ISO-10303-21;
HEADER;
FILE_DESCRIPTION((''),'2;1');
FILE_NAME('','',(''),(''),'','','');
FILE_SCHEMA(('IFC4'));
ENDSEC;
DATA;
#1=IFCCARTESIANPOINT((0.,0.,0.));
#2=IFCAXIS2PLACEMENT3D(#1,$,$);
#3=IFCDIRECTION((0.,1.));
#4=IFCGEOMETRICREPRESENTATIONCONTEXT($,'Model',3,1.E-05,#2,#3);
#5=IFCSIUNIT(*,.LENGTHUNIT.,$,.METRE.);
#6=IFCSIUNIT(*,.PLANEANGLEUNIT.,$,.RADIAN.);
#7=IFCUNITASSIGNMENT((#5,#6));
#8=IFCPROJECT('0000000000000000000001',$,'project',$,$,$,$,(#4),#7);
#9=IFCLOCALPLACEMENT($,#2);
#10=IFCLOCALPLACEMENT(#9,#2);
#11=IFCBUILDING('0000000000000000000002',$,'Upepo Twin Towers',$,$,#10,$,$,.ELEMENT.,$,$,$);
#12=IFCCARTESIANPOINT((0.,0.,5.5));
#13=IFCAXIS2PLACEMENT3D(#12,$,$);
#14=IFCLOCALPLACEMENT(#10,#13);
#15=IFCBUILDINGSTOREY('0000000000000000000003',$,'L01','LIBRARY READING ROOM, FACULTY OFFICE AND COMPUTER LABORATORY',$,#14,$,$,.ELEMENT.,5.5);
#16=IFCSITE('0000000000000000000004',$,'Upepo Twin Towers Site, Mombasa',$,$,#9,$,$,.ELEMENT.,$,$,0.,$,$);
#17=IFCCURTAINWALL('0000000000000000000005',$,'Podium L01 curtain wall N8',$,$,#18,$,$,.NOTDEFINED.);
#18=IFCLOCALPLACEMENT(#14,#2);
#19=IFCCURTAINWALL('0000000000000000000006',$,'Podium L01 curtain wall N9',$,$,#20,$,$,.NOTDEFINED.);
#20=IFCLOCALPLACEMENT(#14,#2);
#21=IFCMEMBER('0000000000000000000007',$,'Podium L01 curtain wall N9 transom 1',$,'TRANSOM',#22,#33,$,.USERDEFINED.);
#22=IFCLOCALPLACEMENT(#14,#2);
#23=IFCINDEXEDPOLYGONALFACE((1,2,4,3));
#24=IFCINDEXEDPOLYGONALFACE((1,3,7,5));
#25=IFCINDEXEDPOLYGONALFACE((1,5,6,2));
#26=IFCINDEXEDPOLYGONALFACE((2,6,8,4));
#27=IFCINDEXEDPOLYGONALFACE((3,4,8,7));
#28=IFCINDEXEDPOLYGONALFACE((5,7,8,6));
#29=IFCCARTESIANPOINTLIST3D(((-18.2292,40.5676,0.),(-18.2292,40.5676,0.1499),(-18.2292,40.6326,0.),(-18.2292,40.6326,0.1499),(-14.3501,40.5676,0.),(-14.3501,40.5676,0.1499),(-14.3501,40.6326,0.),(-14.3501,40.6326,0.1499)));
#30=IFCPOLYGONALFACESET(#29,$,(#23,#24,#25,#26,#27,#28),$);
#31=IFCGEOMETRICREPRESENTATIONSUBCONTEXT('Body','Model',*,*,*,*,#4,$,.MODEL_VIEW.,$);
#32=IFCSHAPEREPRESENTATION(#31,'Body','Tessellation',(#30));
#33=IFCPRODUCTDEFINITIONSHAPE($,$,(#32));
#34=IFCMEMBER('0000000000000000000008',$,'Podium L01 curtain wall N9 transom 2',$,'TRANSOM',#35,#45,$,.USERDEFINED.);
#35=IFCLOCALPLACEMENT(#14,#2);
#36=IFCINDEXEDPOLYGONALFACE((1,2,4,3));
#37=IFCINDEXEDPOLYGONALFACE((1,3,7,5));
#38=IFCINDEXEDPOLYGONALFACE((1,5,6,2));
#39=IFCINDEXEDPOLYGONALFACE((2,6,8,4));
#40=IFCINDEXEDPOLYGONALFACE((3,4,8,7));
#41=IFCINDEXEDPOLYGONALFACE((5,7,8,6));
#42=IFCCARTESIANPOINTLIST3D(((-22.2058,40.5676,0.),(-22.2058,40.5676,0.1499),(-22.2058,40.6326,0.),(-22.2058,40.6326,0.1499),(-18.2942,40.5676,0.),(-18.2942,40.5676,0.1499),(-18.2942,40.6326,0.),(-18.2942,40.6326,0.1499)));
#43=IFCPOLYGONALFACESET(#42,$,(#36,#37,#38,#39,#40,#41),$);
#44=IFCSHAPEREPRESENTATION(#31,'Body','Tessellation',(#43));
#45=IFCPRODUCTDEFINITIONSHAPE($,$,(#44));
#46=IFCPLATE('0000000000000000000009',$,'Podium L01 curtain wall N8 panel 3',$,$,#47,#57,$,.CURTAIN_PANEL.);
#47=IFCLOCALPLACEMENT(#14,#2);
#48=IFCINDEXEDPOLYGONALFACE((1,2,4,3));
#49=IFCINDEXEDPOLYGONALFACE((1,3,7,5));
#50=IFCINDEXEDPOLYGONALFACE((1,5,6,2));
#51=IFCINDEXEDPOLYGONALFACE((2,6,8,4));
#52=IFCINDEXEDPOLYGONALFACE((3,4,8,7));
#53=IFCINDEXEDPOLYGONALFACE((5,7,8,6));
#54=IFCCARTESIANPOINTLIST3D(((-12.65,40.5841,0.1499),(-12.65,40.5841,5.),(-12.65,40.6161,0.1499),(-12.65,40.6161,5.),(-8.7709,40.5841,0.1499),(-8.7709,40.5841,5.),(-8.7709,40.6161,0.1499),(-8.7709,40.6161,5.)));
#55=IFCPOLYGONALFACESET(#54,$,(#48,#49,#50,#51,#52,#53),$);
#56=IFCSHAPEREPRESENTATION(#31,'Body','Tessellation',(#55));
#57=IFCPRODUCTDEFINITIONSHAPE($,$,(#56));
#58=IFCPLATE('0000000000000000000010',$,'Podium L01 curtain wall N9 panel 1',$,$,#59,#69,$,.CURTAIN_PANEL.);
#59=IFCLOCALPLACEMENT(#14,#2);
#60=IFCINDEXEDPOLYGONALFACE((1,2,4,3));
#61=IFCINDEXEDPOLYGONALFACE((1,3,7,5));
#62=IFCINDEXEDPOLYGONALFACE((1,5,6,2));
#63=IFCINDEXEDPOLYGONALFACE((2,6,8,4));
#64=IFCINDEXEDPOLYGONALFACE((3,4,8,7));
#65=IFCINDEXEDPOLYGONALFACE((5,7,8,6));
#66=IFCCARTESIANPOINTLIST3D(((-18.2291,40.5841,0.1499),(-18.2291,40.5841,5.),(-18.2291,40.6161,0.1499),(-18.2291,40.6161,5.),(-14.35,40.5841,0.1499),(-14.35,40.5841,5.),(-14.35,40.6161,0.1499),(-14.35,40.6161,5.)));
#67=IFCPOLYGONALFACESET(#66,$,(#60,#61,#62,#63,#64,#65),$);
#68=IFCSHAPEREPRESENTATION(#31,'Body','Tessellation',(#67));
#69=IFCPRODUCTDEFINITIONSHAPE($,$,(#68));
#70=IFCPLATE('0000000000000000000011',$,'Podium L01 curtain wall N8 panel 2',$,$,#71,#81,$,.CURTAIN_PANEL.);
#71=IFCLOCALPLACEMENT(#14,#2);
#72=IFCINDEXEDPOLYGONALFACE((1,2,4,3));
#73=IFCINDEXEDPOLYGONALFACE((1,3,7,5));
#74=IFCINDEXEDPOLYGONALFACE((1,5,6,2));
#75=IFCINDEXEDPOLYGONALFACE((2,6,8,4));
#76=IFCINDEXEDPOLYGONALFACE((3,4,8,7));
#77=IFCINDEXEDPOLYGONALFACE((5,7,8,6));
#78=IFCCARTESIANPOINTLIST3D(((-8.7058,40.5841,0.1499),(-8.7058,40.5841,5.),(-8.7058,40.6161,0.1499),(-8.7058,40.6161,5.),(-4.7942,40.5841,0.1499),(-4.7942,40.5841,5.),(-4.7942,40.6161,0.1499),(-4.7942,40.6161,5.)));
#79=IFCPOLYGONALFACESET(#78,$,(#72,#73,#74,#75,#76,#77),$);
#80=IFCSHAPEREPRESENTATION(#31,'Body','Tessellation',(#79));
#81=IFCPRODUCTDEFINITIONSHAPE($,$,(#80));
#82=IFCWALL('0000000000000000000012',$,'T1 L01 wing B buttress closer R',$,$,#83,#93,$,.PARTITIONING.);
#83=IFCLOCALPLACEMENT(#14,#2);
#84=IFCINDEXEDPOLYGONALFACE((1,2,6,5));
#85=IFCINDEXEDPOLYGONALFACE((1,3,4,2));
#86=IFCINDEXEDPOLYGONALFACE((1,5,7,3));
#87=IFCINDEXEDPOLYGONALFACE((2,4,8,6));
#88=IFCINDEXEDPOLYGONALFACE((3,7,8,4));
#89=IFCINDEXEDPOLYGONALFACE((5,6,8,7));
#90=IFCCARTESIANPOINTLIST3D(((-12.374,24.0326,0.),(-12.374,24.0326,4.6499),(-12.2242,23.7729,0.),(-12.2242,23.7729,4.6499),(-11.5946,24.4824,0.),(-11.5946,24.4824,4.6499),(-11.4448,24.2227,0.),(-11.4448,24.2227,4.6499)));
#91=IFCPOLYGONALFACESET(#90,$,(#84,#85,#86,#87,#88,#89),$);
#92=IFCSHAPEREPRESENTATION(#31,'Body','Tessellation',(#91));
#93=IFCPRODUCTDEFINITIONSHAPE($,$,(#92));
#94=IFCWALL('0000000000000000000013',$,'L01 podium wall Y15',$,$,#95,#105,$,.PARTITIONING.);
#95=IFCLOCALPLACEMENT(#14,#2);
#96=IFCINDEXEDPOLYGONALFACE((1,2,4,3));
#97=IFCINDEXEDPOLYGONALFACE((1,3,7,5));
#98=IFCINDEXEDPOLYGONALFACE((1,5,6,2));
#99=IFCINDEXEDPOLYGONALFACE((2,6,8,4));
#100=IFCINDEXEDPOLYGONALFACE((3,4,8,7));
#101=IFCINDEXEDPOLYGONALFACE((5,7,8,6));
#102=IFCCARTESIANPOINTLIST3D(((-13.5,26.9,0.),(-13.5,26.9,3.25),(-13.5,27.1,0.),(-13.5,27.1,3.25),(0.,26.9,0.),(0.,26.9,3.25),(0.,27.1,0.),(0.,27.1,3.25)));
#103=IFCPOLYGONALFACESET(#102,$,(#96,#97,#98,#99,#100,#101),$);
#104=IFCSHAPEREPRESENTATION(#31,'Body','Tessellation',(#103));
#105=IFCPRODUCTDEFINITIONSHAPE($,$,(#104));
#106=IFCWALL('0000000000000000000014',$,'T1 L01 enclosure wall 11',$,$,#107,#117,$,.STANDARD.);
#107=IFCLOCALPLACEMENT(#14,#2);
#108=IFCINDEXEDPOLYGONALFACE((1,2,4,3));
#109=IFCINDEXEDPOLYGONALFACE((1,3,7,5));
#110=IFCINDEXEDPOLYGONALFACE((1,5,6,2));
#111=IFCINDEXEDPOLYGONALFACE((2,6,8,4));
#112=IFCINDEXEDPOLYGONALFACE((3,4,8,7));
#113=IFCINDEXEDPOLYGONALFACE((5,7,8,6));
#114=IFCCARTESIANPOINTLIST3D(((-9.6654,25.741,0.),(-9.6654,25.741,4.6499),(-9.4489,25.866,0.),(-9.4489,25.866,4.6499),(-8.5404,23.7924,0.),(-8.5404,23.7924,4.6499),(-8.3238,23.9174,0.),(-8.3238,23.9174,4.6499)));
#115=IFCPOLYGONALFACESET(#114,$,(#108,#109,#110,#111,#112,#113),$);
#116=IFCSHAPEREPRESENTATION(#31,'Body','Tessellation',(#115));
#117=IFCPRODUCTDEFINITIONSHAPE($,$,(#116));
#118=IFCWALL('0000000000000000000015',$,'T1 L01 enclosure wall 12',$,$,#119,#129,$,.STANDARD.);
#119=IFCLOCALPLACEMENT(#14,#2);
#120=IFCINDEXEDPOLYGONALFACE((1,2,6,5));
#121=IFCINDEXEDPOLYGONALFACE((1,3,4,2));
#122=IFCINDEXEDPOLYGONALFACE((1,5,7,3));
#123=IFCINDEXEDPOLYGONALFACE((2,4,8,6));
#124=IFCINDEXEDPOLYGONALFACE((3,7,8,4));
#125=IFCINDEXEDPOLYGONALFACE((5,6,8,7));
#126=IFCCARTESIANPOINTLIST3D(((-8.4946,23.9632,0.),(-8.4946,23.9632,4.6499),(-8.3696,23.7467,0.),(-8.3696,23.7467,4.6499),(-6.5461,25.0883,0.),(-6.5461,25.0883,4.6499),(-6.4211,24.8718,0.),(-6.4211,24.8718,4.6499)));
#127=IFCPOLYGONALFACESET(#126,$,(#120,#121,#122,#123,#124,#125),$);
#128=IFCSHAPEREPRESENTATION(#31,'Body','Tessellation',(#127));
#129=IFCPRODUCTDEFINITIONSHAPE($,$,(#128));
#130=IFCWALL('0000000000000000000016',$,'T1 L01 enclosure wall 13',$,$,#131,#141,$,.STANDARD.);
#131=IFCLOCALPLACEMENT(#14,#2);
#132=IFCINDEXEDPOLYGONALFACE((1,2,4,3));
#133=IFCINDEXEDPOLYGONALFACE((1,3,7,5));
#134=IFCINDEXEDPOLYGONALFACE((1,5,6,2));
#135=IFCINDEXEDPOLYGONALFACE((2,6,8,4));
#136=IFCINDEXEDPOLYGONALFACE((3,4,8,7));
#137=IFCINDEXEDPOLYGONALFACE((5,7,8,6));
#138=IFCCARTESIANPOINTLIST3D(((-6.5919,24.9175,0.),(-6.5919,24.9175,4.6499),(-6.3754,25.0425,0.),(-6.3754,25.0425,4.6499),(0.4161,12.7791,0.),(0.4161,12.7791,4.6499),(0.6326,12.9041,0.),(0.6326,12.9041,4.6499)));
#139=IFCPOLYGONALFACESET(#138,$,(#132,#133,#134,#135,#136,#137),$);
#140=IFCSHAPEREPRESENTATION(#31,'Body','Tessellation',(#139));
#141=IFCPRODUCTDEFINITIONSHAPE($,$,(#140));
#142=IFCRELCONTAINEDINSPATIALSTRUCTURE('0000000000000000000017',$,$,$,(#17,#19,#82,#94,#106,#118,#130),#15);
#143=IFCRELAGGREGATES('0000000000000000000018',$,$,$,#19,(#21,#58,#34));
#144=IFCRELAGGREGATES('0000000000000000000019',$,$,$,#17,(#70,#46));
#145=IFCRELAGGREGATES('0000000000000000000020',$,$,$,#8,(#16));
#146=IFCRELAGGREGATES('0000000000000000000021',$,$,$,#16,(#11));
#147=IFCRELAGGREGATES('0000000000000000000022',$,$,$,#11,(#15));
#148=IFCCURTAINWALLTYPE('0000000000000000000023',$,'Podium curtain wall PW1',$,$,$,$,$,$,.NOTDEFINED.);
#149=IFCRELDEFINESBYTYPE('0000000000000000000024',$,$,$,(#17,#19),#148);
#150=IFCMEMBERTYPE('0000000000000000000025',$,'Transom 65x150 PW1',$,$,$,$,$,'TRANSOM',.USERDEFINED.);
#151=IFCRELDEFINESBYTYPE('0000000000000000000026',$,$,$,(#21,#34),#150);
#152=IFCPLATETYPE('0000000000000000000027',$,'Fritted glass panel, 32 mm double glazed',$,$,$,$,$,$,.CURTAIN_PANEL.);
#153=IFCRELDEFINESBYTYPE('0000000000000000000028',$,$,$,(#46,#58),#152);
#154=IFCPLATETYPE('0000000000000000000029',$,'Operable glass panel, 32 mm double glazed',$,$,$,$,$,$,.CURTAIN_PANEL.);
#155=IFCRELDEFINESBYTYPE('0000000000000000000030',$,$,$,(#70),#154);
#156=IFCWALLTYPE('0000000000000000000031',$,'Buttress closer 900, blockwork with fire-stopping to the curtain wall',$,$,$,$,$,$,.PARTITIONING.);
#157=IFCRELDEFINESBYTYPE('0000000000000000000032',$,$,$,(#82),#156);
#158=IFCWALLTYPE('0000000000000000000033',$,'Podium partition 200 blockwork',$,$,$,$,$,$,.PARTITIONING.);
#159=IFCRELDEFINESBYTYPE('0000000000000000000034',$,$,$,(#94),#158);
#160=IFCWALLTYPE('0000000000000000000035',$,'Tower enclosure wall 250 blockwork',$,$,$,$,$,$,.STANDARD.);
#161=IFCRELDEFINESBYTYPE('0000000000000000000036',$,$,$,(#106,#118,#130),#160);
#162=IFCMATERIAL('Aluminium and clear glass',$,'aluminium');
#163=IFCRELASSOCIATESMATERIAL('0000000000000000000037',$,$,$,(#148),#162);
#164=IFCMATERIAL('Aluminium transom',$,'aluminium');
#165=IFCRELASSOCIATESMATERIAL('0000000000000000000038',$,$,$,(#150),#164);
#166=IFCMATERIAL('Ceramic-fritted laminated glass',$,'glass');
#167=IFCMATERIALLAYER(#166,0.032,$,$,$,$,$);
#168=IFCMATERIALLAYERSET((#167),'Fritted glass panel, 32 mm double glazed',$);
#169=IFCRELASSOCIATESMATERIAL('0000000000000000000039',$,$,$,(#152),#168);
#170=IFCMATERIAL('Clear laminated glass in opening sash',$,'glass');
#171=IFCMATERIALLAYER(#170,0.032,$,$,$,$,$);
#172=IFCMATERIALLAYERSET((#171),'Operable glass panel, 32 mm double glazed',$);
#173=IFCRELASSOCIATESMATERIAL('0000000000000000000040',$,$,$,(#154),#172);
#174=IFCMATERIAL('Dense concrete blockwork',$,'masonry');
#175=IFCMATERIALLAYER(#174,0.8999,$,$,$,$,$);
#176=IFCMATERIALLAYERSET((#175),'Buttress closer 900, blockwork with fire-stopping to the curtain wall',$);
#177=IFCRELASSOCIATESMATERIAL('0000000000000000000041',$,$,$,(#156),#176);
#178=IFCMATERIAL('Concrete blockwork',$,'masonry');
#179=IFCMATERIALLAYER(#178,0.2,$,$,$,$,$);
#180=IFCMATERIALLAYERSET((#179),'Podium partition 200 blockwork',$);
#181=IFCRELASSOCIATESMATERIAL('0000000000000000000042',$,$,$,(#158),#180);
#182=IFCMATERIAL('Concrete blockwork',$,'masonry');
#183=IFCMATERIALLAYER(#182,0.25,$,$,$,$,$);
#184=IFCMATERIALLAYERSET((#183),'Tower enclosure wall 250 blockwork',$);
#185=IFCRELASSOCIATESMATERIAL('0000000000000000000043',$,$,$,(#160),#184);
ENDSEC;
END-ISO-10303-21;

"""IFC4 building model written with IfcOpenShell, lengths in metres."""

from ifc_helpers import new_model, si_unit, direction, frame, frame_2d, origin, origin_2d, place, context, subcontext, project, spatial, rectangle, extrude, material, layer, layer_set, material_profile, profile_set, type_object, element, aggregate, save


model = new_model("IFC4")

# Units and contexts
model_context = context("Model", 3, precision=1e-05, world=origin(), true_north=direction((0.0, 1.0)))
body_context = subcontext(model_context, "Body", "Model", "MODEL_VIEW")
ifc_project = project(units=[si_unit("LENGTHUNIT", "METRE"), si_unit("PLANEANGLEUNIT", "RADIAN")], contexts=[model_context])

# Site, building, storey
site_placement = place(None, origin())
site = spatial("IfcSite", under=ifc_project, at=site_placement, Name="Upepo Twin Towers Site, Mombasa", CompositionType="ELEMENT", RefElevation=0.0)
building_placement = place(site_placement, origin())
building = spatial("IfcBuilding", under=site, at=building_placement, Name="Upepo Twin Towers", CompositionType="ELEMENT")
storey_placement = place(building_placement, frame((0.0, 0.0, 5.5)))
storey = spatial("IfcBuildingStorey", under=building, at=storey_placement, Name="L01", Description="LIBRARY READING ROOM, FACULTY OFFICE AND COMPUTER LABORATORY", CompositionType="ELEMENT", Elevation=5.5)

# Curtain walls
ifc_material_1 = material(Name="Aluminium and clear glass", Category="aluminium")
curtain_wall_type = type_object("IfcCurtainWallType", Name="Podium curtain wall PW1", PredefinedType="NOTDEFINED", material=ifc_material_1)
curtain_wall_1_placement = place(storey_placement, origin())
curtain_wall_1 = element("IfcCurtainWall", 1, at=curtain_wall_1_placement, inside=storey, type_object=curtain_wall_type, Name="Podium L01 curtain wall N8", PredefinedType="NOTDEFINED")
curtain_wall_2_placement = place(storey_placement, origin())
curtain_wall_2 = element("IfcCurtainWall", 2, at=curtain_wall_2_placement, inside=storey, type_object=curtain_wall_type, Name="Podium L01 curtain wall N9", PredefinedType="NOTDEFINED")

# Members
ifc_material_2 = material(Name="Aluminium transom", Category="aluminium")
ifc_material_profile_1 = material_profile(ifc_material_2, rectangle(XDim=0.0649, YDim=0.1499, at=origin_2d()), Name="TRANSOM 65x150 PODIUM")
ifc_profile_set_1 = profile_set([ifc_material_profile_1], Name="Aluminium transom")
member_type_1 = type_object("IfcMemberType", Name="Transom 65x150 PW1", ElementType="TRANSOM", PredefinedType="USERDEFINED", material=ifc_profile_set_1)
member_1_placement = place(storey_placement, frame((-14.3501, 40.6001, 0.075), z_axis=(-1.0, 0.0, 0.0), x_axis=(0.0, -1.0, 0.0)))
member_1 = element("IfcMember", 3, at=member_1_placement, type_object=member_type_1, Name="Podium L01 curtain wall N9 transom 1", ObjectType="TRANSOM", PredefinedType="USERDEFINED", context=body_context, shape_type="SweptSolid", body=[
    extrude(rectangle(XDim=0.0649, YDim=0.1499, at=origin_2d()), origin(), (0.0, 0.0, 1.0), 3.8792),
])
member_2_placement = place(storey_placement, frame((-18.2942, 40.6001, 0.075), z_axis=(-1.0, 0.0, 0.0), x_axis=(0.0, -1.0, 0.0)))
member_2 = element("IfcMember", 4, at=member_2_placement, type_object=member_type_1, Name="Podium L01 curtain wall N9 transom 2", ObjectType="TRANSOM", PredefinedType="USERDEFINED", context=body_context, shape_type="SweptSolid", body=[
    extrude(rectangle(XDim=0.0649, YDim=0.1499, at=origin_2d()), origin(), (0.0, 0.0, 1.0), 3.9116),
])

# Plates
ifc_material_3 = material(Name="Ceramic-fritted laminated glass", Category="glass")
ifc_layer_1 = layer(ifc_material_3, 0.032)
ifc_layer_set_1 = layer_set([ifc_layer_1], Name="Fritted glass panel, 32 mm double glazed")
plate_type_1 = type_object("IfcPlateType", Name="Fritted glass panel, 32 mm double glazed", PredefinedType="CURTAIN_PANEL", material=ifc_layer_set_1)
plate_1_placement = place(storey_placement, frame((-10.7104, 40.6001, 0.1499), z_axis=(0.0, 0.0, 1.0), x_axis=(-1.0, 0.0, 0.0)))
plate_1 = element("IfcPlate", 5, at=plate_1_placement, type_object=plate_type_1, Name="Podium L01 curtain wall N8 panel 3", PredefinedType="CURTAIN_PANEL", context=body_context, shape_type="SweptSolid", body=[
    extrude(rectangle(XDim=3.8792, YDim=0.032, at=origin_2d()), origin(), (0.0, 0.0, 1.0), 4.8501),
])
plate_2_placement = place(storey_placement, frame((-16.2896, 40.6001, 0.1499), z_axis=(0.0, 0.0, 1.0), x_axis=(-1.0, 0.0, 0.0)))
plate_2 = element("IfcPlate", 6, at=plate_2_placement, type_object=plate_type_1, Name="Podium L01 curtain wall N9 panel 1", PredefinedType="CURTAIN_PANEL", context=body_context, shape_type="SweptSolid", body=[
    extrude(rectangle(XDim=3.8792, YDim=0.032, at=origin_2d()), origin(), (0.0, 0.0, 1.0), 4.8501),
])
aggregate(curtain_wall_2, [member_1, plate_2, member_2])
ifc_material_4 = material(Name="Clear laminated glass in opening sash", Category="glass")
ifc_layer_2 = layer(ifc_material_4, 0.032)
ifc_layer_set_2 = layer_set([ifc_layer_2], Name="Operable glass panel, 32 mm double glazed")
plate_type_2 = type_object("IfcPlateType", Name="Operable glass panel, 32 mm double glazed", PredefinedType="CURTAIN_PANEL", material=ifc_layer_set_2)
plate_3_placement = place(storey_placement, frame((-6.75, 40.6001, 0.1499), z_axis=(0.0, 0.0, 1.0), x_axis=(-1.0, 0.0, 0.0)))
plate_3 = element("IfcPlate", 7, at=plate_3_placement, type_object=plate_type_2, Name="Podium L01 curtain wall N8 panel 2", PredefinedType="CURTAIN_PANEL", context=body_context, shape_type="SweptSolid", body=[
    extrude(rectangle(XDim=3.9116, YDim=0.032, at=origin_2d()), origin(), (0.0, 0.0, 1.0), 4.8501),
])
aggregate(curtain_wall_1, [plate_3, plate_1])

# Walls
ifc_material_5 = material(Name="Dense concrete blockwork", Category="masonry")
ifc_layer_3 = layer(ifc_material_5, 0.8999)
ifc_layer_set_3 = layer_set([ifc_layer_3], Name="Buttress closer 900, blockwork with fire-stopping to the curtain wall")
wall_type_1 = type_object("IfcWallType", Name="Buttress closer 900, blockwork with fire-stopping to the curtain wall", PredefinedType="PARTITIONING", material=ifc_layer_set_3)
wall_1_placement = place(storey_placement, frame((-11.8345, 23.9978, 0.0), z_axis=(0.0, 0.0, 1.0), x_axis=(-0.499816, 0.866131, 0.0)))
element("IfcWall", 8, at=wall_1_placement, inside=storey, type_object=wall_type_1, Name="T1 L01 wing B buttress closer R", PredefinedType="PARTITIONING", context=body_context, shape_type="SweptSolid", body=[
    extrude(rectangle(XDim=0.2998, YDim=0.8999, at=frame_2d((0.1499, 0.0))), origin(), (0.0, 0.0, 1.0), 4.6499),
])
ifc_material_6 = material(Name="Concrete blockwork", Category="masonry")
ifc_layer_4 = layer(ifc_material_6, 0.2)
ifc_layer_set_4 = layer_set([ifc_layer_4], Name="Podium partition 200 blockwork")
wall_type_2 = type_object("IfcWallType", Name="Podium partition 200 blockwork", PredefinedType="PARTITIONING", material=ifc_layer_set_4)
wall_2_placement = place(storey_placement, frame((-13.5, 27.0, 0.0), z_axis=(0.0, 0.0, 1.0), x_axis=(1.0, 0.0, 0.0)))
element("IfcWall", 9, at=wall_2_placement, inside=storey, type_object=wall_type_2, Name="L01 podium wall Y15", PredefinedType="PARTITIONING", context=body_context, shape_type="SweptSolid", body=[
    extrude(rectangle(XDim=13.5, YDim=0.2, at=frame_2d((6.75, 0.0))), origin(), (0.0, 0.0, 1.0), 3.25),
])
ifc_material_7 = material(Name="Concrete blockwork", Category="masonry")
ifc_layer_5 = layer(ifc_material_7, 0.25)
ifc_layer_set_5 = layer_set([ifc_layer_5], Name="Tower enclosure wall 250 blockwork")
wall_type_3 = type_object("IfcWallType", Name="Tower enclosure wall 250 blockwork", PredefinedType="STANDARD", material=ifc_layer_set_5)
for number, where, z_axis, x_axis, name in (
    (10, (-9.5571, 25.8035, 0.0), (0.0, 0.0, 1.0), (0.500014, -0.866018, 0.0), "T1 L01 enclosure wall 11"),
    (11, (-8.4321, 23.855, 0.0), (0.0, 0.0, 1.0), (0.866018, 0.500014, 0.0), "T1 L01 enclosure wall 12"),
):
    element("IfcWall", number, at=place(storey_placement, frame(where, z_axis=z_axis, x_axis=x_axis)), inside=storey, type_object=wall_type_3, Name=name, PredefinedType="STANDARD", context=body_context, shape_type="SweptSolid", body=[
        extrude(rectangle(XDim=2.25, YDim=0.25, at=frame_2d((1.125, 0.0))), origin(), (0.0, 0.0, 1.0), 4.6499),
    ])
wall_3_placement = place(storey_placement, frame((-6.4836, 24.98, 0.0), z_axis=(0.0, 0.0, 1.0), x_axis=(0.499996, -0.866028, 0.0)))
element("IfcWall", 12, at=wall_3_placement, inside=storey, type_object=wall_type_3, Name="T1 L01 enclosure wall 13", PredefinedType="STANDARD", context=body_context, shape_type="SweptSolid", body=[
    extrude(rectangle(XDim=14.0161, YDim=0.25, at=frame_2d((7.0081, 0.0))), origin(), (0.0, 0.0, 1.0), 4.6499),
])

save(model, "model.ifc")
